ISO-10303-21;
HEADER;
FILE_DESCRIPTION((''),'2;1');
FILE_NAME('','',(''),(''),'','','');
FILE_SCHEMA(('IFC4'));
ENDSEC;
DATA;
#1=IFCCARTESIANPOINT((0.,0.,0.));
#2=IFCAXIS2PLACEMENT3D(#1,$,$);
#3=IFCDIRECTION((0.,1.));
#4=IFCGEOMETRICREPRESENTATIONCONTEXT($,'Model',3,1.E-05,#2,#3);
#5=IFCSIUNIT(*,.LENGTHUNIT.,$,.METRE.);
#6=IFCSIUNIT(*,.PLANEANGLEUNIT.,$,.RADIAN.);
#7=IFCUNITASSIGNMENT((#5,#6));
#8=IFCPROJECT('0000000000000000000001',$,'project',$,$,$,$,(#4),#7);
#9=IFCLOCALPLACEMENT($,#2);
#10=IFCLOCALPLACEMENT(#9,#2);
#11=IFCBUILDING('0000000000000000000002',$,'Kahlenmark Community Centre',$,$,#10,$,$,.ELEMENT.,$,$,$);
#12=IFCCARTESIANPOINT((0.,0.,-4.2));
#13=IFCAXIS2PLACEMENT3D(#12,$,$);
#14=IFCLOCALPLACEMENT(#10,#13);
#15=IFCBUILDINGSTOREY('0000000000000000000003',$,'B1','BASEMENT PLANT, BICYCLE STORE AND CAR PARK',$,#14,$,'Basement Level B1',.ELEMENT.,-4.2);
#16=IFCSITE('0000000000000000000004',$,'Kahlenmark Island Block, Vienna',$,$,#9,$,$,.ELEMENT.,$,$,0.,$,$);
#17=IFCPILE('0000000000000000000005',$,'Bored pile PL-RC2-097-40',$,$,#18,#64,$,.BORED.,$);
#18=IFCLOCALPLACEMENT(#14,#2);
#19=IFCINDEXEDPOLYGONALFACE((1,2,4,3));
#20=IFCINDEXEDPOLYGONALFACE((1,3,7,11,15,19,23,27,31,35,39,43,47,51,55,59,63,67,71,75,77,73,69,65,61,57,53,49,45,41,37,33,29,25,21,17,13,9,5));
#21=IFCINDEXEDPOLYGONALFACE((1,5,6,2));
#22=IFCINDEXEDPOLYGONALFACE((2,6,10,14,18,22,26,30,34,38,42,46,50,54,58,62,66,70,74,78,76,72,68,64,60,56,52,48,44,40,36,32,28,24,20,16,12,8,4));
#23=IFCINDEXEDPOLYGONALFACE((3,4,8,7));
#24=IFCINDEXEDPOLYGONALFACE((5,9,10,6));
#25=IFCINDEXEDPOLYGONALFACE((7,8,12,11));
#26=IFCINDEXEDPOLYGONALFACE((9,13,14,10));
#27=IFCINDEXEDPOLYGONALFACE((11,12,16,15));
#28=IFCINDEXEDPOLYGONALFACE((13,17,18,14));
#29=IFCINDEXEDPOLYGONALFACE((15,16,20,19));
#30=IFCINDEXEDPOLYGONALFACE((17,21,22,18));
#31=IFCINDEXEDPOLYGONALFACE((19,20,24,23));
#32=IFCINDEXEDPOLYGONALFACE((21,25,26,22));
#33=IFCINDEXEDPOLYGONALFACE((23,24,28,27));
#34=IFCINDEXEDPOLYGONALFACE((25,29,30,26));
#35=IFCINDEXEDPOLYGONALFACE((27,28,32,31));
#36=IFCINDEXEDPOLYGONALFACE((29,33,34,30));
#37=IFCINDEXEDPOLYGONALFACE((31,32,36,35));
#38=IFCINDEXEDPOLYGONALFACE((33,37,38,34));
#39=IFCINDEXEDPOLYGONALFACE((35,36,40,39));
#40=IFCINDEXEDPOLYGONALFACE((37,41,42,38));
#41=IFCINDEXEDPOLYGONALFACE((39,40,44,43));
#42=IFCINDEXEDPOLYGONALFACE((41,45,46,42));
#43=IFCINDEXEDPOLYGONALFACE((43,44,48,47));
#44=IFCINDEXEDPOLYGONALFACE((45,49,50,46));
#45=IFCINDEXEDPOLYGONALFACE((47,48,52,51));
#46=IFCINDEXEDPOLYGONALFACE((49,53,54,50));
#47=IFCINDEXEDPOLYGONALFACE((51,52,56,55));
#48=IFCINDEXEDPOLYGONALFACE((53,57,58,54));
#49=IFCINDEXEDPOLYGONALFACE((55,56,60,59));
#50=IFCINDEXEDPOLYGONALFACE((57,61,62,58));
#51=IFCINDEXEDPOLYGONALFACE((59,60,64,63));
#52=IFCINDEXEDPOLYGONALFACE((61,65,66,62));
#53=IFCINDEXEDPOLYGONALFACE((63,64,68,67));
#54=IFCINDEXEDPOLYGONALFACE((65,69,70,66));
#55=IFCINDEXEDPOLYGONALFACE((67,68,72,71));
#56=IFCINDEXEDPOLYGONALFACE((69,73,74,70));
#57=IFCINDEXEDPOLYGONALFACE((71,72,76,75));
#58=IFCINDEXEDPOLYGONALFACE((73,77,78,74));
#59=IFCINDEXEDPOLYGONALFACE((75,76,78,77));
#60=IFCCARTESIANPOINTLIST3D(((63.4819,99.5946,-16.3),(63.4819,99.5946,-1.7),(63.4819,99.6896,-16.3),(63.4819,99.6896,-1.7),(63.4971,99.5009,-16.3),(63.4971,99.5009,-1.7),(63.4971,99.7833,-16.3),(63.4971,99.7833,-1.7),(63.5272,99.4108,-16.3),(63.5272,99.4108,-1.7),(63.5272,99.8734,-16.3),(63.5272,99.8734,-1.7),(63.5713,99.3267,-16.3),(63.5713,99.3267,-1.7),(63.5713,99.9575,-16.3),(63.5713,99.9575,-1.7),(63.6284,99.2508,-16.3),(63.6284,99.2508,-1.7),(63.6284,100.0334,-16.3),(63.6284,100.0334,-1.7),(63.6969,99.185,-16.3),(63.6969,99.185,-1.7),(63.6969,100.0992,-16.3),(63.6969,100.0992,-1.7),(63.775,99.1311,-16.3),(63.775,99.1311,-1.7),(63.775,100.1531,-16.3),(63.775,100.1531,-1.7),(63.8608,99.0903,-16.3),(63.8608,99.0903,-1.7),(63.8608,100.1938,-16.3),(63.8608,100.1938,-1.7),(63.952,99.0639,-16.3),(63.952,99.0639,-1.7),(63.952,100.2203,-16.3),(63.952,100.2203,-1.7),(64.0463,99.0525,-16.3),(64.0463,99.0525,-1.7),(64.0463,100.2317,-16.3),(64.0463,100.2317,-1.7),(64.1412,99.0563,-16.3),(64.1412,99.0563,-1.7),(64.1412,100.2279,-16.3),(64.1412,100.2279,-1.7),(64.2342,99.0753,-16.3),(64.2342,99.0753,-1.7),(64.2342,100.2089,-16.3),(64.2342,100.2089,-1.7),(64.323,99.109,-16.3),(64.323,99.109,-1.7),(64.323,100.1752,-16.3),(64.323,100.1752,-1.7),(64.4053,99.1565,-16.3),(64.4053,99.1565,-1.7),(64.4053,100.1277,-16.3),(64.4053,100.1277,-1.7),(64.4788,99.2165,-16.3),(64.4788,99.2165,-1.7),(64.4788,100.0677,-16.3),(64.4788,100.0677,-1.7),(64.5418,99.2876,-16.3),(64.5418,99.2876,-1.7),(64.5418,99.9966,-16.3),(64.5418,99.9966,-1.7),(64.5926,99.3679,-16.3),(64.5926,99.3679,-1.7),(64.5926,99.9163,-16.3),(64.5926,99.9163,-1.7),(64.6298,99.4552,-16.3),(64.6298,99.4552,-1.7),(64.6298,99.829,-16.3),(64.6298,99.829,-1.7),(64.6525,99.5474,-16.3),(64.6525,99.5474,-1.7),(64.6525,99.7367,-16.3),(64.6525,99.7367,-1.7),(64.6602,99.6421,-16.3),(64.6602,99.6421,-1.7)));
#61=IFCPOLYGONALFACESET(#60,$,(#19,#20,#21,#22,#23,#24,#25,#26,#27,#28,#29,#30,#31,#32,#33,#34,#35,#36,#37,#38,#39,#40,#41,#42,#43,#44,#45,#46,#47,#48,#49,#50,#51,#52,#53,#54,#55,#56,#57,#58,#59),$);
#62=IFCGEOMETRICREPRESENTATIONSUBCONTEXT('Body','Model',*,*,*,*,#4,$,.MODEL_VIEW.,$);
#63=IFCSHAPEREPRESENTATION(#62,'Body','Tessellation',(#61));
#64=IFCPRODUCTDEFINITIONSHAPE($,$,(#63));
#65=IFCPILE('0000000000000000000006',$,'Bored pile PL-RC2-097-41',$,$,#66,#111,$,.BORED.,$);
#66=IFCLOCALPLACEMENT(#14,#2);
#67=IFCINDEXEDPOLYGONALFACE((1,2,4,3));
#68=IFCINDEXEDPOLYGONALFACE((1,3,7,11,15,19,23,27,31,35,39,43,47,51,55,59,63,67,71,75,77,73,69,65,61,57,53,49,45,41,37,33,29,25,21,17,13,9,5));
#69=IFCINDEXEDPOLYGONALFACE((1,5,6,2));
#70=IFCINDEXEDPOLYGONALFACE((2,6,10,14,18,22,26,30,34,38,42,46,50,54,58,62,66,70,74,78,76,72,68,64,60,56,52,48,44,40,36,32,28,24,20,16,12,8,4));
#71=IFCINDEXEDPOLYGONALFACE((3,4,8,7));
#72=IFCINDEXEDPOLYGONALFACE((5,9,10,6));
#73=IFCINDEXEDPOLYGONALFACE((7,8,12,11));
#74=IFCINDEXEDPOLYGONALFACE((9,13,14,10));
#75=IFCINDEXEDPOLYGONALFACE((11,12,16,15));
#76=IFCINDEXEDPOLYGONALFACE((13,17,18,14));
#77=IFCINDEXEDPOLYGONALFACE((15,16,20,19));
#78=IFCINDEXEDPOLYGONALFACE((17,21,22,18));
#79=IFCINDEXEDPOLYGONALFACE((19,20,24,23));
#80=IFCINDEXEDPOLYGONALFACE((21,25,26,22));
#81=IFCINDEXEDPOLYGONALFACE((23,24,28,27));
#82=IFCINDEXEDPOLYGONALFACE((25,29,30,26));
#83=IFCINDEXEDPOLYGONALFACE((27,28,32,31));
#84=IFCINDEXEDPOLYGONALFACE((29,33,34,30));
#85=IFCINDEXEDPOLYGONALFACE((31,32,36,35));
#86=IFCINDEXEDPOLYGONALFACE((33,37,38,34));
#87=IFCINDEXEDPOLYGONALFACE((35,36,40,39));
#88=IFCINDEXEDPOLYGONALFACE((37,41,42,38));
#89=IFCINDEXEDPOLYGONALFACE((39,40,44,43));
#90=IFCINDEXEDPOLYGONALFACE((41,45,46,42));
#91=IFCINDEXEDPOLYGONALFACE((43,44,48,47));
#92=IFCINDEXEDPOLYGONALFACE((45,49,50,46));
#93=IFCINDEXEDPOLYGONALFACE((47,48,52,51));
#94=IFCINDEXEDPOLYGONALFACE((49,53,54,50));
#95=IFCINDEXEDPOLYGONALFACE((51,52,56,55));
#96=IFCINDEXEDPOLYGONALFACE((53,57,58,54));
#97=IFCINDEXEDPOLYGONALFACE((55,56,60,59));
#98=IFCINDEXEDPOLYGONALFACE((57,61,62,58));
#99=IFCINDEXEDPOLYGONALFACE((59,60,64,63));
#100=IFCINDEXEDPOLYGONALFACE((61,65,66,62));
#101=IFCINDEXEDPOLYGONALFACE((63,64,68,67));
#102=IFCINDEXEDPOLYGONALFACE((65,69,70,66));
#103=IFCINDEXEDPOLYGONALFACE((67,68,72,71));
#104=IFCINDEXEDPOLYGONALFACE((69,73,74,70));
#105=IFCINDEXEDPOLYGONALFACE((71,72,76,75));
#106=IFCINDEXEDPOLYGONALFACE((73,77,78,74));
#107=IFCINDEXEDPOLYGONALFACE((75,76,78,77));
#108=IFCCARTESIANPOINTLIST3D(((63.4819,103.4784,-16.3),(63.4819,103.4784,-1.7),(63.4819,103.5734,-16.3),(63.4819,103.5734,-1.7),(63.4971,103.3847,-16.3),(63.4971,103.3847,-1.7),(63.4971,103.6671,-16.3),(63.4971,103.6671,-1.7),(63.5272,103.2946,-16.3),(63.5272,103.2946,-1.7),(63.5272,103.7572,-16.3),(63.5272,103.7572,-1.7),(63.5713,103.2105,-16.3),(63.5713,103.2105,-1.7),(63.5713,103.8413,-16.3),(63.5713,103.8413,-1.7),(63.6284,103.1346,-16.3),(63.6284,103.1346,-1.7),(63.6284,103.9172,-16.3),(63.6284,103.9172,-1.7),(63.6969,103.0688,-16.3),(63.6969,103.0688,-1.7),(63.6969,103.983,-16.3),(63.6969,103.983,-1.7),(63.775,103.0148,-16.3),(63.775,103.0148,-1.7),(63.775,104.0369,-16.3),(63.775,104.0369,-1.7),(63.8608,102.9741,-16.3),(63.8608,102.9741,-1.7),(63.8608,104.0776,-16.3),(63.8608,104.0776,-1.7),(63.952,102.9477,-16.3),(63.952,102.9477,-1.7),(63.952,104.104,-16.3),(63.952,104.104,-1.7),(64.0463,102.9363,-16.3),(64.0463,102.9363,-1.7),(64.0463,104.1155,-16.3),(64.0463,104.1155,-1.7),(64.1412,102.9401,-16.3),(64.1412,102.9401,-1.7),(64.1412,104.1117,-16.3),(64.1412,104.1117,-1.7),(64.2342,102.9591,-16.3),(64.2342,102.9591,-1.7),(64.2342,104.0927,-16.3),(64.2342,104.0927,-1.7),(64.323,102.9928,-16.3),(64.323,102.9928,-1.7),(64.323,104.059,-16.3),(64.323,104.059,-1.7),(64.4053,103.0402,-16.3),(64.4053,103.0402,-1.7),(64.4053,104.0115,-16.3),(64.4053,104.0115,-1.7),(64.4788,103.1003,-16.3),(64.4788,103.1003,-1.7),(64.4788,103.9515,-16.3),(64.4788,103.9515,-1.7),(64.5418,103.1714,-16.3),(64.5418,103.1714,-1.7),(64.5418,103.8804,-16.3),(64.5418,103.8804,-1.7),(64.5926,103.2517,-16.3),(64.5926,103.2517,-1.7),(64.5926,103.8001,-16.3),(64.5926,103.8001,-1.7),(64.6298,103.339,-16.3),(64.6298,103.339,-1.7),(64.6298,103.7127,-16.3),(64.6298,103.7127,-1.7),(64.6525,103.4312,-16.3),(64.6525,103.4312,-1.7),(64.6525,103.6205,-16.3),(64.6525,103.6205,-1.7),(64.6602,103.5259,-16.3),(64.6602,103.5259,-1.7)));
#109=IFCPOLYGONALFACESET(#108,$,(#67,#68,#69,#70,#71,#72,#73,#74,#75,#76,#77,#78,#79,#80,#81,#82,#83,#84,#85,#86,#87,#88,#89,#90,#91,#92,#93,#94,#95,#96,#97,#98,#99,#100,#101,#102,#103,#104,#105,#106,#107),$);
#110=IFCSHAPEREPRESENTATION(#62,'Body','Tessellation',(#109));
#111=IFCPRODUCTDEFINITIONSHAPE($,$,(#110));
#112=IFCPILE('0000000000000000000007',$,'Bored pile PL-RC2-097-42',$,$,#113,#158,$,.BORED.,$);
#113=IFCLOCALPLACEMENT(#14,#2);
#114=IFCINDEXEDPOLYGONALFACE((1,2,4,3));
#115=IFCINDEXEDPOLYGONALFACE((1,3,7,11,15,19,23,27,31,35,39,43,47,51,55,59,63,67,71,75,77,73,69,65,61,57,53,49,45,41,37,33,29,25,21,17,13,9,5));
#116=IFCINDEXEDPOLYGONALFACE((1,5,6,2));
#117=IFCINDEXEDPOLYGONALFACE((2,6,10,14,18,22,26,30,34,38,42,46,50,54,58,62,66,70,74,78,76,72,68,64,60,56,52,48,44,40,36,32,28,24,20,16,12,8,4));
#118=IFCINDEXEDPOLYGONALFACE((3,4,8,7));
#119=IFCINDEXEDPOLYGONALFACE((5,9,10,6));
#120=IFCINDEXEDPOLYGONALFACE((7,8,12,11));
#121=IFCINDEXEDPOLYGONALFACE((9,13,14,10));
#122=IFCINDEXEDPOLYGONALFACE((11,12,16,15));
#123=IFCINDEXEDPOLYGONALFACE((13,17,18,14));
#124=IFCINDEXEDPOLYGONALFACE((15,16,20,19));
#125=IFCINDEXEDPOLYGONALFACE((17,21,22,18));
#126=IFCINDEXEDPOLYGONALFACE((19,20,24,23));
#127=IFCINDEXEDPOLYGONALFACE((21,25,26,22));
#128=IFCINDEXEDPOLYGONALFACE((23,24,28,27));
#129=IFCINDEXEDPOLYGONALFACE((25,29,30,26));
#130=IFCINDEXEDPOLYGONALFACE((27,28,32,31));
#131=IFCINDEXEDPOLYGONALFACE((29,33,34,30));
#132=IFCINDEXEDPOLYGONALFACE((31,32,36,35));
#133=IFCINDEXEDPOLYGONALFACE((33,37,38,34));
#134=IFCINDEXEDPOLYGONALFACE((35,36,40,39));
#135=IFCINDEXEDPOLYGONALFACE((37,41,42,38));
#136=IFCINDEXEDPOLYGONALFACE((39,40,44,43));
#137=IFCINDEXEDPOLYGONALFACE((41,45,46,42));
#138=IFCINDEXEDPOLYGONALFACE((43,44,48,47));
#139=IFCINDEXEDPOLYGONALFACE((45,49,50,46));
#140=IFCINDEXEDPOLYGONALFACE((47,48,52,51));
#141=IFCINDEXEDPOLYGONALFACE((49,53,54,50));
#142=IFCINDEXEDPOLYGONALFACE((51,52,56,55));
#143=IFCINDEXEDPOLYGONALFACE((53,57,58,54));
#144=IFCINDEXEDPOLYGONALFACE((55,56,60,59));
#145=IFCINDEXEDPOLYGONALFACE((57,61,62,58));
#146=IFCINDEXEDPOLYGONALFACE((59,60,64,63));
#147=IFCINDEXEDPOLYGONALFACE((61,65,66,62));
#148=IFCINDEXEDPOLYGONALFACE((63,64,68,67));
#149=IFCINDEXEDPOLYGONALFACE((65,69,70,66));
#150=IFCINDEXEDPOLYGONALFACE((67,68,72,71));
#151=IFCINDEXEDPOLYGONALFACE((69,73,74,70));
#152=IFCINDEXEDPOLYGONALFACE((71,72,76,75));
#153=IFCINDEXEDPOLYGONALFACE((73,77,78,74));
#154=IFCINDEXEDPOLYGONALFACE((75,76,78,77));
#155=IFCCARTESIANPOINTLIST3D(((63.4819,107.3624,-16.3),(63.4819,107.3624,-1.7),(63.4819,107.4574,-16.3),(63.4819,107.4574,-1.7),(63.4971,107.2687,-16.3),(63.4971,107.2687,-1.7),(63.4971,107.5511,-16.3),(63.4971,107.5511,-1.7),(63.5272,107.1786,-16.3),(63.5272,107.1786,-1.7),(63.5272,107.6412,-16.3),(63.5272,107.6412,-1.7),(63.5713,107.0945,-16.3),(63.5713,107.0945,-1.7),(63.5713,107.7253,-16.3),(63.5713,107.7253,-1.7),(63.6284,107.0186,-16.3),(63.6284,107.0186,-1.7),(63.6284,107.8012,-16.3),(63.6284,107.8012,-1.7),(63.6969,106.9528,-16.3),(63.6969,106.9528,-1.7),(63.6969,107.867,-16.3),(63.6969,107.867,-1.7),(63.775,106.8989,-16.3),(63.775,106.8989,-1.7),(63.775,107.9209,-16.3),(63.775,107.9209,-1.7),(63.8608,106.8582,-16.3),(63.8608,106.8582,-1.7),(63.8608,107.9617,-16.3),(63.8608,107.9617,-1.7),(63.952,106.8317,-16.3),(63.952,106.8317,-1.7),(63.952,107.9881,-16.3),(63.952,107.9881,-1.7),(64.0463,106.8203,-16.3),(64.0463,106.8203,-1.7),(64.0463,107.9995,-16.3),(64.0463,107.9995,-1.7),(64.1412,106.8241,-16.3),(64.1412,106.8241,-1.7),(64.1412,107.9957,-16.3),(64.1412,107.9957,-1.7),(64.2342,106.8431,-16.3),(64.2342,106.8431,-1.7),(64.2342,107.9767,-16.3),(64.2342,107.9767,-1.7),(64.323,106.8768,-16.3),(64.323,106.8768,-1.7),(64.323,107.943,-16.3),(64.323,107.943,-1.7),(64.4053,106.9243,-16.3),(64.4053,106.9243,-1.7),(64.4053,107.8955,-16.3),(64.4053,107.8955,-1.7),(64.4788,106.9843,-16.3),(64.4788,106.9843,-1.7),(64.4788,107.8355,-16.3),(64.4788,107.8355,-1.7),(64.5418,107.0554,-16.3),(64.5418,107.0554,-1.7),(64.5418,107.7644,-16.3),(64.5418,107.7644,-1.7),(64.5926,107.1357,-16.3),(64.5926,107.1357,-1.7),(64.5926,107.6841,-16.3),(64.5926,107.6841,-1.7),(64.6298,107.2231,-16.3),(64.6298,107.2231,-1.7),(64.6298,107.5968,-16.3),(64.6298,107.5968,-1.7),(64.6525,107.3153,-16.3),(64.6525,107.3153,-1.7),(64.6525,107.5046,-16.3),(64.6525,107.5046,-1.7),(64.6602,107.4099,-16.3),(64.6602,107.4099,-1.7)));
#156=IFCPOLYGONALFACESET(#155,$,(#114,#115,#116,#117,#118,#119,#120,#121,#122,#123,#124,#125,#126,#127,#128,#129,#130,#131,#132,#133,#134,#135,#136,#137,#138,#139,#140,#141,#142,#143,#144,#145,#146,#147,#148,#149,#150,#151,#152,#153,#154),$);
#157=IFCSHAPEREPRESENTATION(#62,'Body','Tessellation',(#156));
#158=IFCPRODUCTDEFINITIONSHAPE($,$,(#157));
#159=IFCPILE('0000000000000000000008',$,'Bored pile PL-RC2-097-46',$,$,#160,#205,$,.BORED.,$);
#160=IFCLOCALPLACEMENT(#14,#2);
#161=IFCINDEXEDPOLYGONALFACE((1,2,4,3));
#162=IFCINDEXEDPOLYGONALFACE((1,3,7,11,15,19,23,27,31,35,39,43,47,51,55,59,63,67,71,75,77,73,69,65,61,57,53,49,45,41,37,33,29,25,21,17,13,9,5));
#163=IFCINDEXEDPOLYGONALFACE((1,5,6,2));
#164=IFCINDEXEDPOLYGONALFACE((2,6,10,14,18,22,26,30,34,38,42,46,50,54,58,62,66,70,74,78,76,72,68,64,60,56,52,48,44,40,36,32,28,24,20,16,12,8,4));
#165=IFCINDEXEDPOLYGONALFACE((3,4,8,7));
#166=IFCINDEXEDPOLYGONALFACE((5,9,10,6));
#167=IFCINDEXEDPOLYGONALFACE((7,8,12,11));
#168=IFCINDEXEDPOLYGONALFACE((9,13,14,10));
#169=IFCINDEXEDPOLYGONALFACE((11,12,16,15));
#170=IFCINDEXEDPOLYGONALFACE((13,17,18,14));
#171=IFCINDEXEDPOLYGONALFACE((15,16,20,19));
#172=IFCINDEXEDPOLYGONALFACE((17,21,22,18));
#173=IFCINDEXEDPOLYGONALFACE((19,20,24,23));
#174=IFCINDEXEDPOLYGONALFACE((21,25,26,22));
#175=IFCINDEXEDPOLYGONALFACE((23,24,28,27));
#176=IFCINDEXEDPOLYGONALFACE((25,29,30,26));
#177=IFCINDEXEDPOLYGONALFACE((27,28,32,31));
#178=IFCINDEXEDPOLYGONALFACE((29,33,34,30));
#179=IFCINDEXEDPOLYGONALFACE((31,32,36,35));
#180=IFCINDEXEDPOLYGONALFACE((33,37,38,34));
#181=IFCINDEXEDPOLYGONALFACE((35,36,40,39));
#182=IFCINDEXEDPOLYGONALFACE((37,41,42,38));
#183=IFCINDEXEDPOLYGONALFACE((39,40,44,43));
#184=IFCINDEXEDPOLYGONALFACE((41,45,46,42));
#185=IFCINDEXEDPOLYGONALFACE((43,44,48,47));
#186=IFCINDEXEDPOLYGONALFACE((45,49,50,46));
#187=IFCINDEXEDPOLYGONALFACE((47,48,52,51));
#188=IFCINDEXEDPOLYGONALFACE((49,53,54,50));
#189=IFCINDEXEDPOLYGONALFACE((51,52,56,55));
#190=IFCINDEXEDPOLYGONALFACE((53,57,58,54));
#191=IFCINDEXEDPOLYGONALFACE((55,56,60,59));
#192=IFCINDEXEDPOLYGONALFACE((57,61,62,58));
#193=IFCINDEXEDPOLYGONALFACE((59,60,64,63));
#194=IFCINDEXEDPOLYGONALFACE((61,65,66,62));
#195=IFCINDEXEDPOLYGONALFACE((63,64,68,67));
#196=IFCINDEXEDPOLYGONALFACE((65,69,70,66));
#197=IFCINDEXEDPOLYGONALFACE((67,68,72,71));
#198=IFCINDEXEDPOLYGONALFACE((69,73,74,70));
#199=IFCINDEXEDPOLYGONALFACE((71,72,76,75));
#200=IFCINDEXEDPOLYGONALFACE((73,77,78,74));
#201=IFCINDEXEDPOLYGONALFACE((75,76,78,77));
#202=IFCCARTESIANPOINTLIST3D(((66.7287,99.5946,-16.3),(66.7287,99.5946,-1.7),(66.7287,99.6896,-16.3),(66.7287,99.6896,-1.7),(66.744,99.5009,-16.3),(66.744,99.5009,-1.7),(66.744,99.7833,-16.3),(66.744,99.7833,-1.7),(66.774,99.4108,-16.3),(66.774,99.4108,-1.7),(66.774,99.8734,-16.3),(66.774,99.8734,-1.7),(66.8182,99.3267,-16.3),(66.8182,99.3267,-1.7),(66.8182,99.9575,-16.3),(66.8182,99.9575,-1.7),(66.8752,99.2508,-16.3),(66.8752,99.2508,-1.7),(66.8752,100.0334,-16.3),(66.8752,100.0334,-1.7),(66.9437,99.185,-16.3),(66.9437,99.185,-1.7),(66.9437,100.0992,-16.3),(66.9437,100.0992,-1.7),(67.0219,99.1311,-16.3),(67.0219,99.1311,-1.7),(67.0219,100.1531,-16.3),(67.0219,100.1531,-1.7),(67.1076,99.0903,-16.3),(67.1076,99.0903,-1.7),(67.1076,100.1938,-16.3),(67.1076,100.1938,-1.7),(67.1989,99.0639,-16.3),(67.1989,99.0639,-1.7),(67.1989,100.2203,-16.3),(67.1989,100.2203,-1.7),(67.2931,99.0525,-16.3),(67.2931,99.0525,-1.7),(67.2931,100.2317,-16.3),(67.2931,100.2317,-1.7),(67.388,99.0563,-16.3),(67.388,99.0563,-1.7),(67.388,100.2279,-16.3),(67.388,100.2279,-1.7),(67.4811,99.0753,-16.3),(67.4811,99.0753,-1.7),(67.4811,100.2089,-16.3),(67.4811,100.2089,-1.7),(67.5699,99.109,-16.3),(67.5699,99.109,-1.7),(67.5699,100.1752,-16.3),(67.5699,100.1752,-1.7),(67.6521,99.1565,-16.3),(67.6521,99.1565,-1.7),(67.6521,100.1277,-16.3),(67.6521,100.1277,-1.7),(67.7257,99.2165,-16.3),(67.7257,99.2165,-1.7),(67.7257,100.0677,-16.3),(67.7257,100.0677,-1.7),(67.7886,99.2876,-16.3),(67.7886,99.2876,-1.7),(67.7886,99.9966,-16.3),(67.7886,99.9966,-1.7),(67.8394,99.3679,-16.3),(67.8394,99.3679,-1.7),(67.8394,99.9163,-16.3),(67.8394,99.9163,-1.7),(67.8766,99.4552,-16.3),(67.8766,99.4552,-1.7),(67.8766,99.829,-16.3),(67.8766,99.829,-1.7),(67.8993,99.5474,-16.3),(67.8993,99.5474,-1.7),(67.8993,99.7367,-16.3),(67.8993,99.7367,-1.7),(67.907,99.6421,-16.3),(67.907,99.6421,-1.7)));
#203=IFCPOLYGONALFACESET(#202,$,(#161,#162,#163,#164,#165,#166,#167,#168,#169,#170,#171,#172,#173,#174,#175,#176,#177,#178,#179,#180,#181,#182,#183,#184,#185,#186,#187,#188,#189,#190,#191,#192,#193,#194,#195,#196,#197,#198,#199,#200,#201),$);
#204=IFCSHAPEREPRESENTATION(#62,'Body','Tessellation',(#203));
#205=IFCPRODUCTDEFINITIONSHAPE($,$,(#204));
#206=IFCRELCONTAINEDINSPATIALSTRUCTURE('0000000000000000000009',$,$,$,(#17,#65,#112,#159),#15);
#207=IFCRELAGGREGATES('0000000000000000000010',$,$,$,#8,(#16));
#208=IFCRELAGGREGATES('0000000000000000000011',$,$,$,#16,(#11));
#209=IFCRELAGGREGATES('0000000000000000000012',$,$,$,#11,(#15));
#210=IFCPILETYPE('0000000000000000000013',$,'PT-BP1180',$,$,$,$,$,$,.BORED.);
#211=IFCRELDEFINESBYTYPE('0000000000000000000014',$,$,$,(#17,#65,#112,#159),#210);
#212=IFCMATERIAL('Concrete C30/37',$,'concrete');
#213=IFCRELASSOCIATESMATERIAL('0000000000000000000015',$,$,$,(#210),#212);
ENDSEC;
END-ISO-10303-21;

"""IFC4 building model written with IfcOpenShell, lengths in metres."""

from ifc_helpers import new_model, si_unit, direction, frame, origin, origin_2d, place, context, subcontext, project, spatial, circle, extrude, material, material_profile, profile_set, type_object, element, save


model = new_model("IFC4")

# Units and contexts
model_context = context("Model", 3, precision=1e-05, world=origin(), true_north=direction((0.0, 1.0)))
body_context = subcontext(model_context, "Body", "Model", "MODEL_VIEW")
ifc_project = project(units=[si_unit("LENGTHUNIT", "METRE"), si_unit("PLANEANGLEUNIT", "RADIAN")], contexts=[model_context])

# Site, building, storey
site_placement = place(None, origin())
site = spatial("IfcSite", under=ifc_project, at=site_placement, Name="Kahlenmark Island Block, Vienna", CompositionType="ELEMENT", RefElevation=0.0)
building_placement = place(site_placement, origin())
building = spatial("IfcBuilding", under=site, at=building_placement, Name="Kahlenmark Community Centre", CompositionType="ELEMENT")
storey_placement = place(building_placement, frame((0.0, 0.0, -4.2)))
storey = spatial("IfcBuildingStorey", under=building, at=storey_placement, Name="B1", Description="BASEMENT PLANT, BICYCLE STORE AND CAR PARK", LongName="Basement Level B1", CompositionType="ELEMENT", Elevation=-4.2)

# Piles
ifc_material_1 = material(Name="Concrete C30/37", Category="concrete")
ifc_material_profile_1 = material_profile(ifc_material_1, circle(Radius=0.5901, at=origin_2d()), Name="BORED PILE 1180")
ifc_profile_set_1 = profile_set([ifc_material_profile_1], Name="Concrete C30/37")
pile_type = type_object("IfcPileType", Name="PT-BP1180", PredefinedType="BORED", material=ifc_profile_set_1)
for number, where, z_axis, x_axis, name in (
    (1, (64.0701, 99.6421, -1.7), (0.0, 0.0, -1.0), (1.0, 0.0, 0.0), "Bored pile PL-RC2-097-40"),
    (2, (64.0701, 103.5259, -1.7), (0.0, 0.0, -1.0), (1.0, 0.0, 0.0), "Bored pile PL-RC2-097-41"),
    (3, (64.0701, 107.4099, -1.7), (0.0, 0.0, -1.0), (1.0, 0.0, 0.0), "Bored pile PL-RC2-097-42"),
    (4, (67.3169, 99.6421, -1.7), (0.0, 0.0, -1.0), (1.0, 0.0, 0.0), "Bored pile PL-RC2-097-46"),
):
    element("IfcPile", number, at=place(storey_placement, frame(where, z_axis=z_axis, x_axis=x_axis)), inside=storey, type_object=pile_type, Name=name, PredefinedType="BORED", context=body_context, shape_type="SweptSolid", body=[
        extrude(circle(Radius=0.5901, at=origin_2d()), origin(), (0.0, 0.0, 1.0), 14.6001),
    ])

save(model, "model.ifc")
